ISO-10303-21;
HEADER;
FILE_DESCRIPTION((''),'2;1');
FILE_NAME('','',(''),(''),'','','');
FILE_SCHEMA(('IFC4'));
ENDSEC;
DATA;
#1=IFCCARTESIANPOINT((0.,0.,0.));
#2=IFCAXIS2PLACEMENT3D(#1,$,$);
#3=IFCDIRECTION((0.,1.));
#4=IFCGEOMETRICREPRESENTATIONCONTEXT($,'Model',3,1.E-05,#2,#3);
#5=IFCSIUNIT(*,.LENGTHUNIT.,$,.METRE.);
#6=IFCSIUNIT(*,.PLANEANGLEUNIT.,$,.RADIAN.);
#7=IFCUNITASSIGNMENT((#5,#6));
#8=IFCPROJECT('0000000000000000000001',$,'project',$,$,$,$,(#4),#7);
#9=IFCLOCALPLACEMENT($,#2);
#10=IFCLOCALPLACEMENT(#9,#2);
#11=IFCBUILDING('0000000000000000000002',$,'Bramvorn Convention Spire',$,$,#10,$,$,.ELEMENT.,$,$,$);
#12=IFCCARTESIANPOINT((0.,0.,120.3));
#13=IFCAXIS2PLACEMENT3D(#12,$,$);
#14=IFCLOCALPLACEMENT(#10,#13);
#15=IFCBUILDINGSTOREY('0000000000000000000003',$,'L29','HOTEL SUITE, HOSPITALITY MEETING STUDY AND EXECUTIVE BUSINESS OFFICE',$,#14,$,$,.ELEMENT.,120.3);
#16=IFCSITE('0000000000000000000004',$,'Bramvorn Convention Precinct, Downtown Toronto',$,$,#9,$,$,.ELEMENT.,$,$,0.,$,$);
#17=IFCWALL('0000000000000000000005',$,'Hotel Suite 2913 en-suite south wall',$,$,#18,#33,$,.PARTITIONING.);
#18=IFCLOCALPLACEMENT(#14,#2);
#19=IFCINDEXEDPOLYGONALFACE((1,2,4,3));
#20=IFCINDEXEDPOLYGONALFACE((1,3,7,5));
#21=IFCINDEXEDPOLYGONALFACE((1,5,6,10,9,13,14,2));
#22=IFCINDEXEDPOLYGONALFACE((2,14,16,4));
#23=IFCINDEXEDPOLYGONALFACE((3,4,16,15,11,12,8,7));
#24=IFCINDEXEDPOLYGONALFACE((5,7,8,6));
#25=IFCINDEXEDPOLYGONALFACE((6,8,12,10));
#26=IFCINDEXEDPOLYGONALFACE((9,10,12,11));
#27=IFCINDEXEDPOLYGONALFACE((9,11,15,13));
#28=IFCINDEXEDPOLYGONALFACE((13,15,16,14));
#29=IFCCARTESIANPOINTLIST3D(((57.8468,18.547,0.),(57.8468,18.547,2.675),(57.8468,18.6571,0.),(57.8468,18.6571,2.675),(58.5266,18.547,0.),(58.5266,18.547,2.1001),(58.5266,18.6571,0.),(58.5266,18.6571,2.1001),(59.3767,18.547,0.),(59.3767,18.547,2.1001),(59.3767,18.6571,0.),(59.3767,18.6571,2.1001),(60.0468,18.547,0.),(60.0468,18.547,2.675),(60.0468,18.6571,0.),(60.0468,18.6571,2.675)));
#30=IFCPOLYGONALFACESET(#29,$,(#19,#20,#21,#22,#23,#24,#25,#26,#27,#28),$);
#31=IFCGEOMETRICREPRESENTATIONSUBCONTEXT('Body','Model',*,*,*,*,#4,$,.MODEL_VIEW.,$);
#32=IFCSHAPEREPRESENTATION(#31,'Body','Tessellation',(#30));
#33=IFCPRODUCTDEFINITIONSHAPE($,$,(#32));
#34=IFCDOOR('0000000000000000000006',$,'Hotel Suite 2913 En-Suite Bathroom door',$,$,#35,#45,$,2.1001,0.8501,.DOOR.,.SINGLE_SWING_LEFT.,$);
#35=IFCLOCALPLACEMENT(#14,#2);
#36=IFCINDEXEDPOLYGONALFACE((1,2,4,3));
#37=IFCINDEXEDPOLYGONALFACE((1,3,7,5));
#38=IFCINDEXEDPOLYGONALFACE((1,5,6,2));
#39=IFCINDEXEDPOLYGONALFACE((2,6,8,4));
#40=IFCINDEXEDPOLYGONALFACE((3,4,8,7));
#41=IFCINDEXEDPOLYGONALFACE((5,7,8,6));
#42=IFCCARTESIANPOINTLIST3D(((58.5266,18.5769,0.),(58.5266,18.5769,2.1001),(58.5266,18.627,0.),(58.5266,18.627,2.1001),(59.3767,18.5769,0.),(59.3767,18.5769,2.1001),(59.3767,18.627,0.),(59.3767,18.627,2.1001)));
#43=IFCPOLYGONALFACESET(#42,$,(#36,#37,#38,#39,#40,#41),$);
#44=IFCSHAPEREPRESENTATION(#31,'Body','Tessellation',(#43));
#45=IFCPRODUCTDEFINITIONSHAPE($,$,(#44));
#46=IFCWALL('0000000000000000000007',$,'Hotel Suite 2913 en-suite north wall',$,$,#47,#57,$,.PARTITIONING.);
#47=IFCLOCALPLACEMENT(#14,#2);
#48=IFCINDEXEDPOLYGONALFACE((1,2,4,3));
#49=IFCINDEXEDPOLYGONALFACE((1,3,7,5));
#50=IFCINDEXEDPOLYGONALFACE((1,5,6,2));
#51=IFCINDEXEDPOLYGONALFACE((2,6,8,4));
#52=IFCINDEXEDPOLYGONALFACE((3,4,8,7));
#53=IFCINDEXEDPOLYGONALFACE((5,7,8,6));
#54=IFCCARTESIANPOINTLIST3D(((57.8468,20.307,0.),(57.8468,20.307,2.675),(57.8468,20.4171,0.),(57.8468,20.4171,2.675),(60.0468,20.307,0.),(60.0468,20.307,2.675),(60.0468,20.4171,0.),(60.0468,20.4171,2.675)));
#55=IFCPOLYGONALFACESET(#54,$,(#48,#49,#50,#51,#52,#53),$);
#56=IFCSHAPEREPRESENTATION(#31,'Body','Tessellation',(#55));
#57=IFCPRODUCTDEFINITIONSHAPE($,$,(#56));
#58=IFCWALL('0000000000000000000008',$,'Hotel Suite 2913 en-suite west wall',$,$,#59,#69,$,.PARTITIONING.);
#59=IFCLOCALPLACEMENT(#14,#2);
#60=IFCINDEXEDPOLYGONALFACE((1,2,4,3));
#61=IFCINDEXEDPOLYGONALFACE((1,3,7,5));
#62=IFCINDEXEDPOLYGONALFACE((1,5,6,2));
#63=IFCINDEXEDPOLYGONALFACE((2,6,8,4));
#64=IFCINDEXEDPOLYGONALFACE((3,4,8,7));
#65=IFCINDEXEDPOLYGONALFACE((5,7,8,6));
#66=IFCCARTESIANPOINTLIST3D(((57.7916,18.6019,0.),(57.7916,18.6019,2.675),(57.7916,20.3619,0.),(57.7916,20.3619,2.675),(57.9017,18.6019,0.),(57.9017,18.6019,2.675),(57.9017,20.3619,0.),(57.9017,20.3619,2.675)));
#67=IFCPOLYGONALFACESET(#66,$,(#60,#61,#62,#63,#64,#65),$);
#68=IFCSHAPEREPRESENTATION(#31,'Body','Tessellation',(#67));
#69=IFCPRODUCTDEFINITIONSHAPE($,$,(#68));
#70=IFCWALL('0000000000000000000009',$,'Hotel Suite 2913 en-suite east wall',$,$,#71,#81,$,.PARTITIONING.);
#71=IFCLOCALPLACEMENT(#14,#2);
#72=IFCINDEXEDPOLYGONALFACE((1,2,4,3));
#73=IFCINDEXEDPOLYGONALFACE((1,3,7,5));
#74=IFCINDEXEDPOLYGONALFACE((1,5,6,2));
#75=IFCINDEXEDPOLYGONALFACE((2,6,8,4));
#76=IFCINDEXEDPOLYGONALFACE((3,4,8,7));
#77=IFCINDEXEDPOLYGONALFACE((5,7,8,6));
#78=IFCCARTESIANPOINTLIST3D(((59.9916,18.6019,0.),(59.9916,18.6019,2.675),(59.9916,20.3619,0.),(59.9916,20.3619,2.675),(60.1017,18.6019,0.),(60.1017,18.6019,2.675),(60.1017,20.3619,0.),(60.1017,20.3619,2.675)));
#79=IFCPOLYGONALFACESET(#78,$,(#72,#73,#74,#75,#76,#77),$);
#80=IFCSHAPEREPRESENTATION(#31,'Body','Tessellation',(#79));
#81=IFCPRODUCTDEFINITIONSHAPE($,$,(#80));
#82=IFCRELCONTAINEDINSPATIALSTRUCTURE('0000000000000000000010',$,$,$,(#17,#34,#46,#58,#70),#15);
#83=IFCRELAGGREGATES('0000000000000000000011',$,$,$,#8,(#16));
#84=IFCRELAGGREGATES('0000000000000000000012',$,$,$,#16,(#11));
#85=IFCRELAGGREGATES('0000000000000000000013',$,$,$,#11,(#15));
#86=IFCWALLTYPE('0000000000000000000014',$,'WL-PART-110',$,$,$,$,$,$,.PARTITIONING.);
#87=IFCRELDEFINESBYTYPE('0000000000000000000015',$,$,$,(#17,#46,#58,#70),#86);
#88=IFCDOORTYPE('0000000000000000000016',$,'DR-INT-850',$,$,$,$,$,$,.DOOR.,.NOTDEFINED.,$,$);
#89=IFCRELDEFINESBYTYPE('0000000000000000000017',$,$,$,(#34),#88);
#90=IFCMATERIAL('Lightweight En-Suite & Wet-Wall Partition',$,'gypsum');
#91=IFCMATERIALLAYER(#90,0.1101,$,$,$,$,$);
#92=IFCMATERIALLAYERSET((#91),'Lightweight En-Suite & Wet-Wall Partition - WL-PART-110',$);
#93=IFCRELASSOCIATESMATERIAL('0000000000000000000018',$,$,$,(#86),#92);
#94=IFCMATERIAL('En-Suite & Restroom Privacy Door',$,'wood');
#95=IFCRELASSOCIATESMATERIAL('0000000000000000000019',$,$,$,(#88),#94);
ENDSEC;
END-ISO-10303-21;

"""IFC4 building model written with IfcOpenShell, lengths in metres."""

from ifc_helpers import new_model, si_unit, direction, frame, frame_2d, origin, place, context, subcontext, project, spatial, rectangle, extrude, material, layer, layer_set, type_object, element, fill, save


model = new_model("IFC4")

# Units and contexts
model_context = context("Model", 3, precision=1e-05, world=origin(), true_north=direction((0.0, 1.0)))
body_context = subcontext(model_context, "Body", "Model", "MODEL_VIEW")
ifc_project = project(units=[si_unit("LENGTHUNIT", "METRE"), si_unit("PLANEANGLEUNIT", "RADIAN")], contexts=[model_context])

# Site, building, storey
site_placement = place(None, origin())
site = spatial("IfcSite", under=ifc_project, at=site_placement, Name="Bramvorn Convention Precinct, Downtown Toronto", CompositionType="ELEMENT", RefElevation=0.0)
building_placement = place(site_placement, origin())
building = spatial("IfcBuilding", under=site, at=building_placement, Name="Bramvorn Convention Spire", CompositionType="ELEMENT")
storey_placement = place(building_placement, frame((0.0, 0.0, 120.3)))
storey = spatial("IfcBuildingStorey", under=building, at=storey_placement, Name="L29", Description="HOTEL SUITE, HOSPITALITY MEETING STUDY AND EXECUTIVE BUSINESS OFFICE", CompositionType="ELEMENT", Elevation=120.3)

# Shared definitions
ifc_material_1 = material(Name="Lightweight En-Suite & Wet-Wall Partition", Category="gypsum")
ifc_layer_1 = layer(ifc_material_1, 0.1101)
ifc_layer_set_1 = layer_set([ifc_layer_1], Name="Lightweight En-Suite & Wet-Wall Partition - WL-PART-110")
wall_type_1 = type_object("IfcWallType", Name="WL-PART-110", PredefinedType="PARTITIONING", material=ifc_layer_set_1)

# Wall, opening, door
wall_1_placement = place(storey_placement, frame((57.8467, 18.6021, 0.0), z_axis=(0.0, 0.0, 1.0), x_axis=(1.0, 0.0, 0.0)))
wall_1 = element("IfcWall", 1, at=wall_1_placement, inside=storey, type_object=wall_type_1, Name="Hotel Suite 2913 en-suite south wall", PredefinedType="PARTITIONING", context=body_context, shape_type="SweptSolid", body=[
    extrude(rectangle(XDim=2.2, YDim=0.1101, at=frame_2d((1.1001, 0.0))), origin(), (0.0, 0.0, 1.0), 2.675),
])
opening_placement = place(wall_1_placement, frame((0.6799, 0.0, 0.0)))
opening = element("IfcOpeningElement", 2, at=opening_placement, cuts=wall_1, PredefinedType="OPENING", context=body_context, shape_type="SweptSolid", body=[
    extrude(rectangle(XDim=0.8501, YDim=2.1001, at=frame_2d((0.425, 1.05))), frame((0.0, 0.0649, 0.0), z_axis=(0.0, -1.0, 0.0), x_axis=(1.0, 0.0, 0.0)), (0.0, 0.0, 1.0), 0.1301),
])
ifc_material_2 = material(Name="En-Suite & Restroom Privacy Door", Category="wood")
door_type = type_object("IfcDoorType", Name="DR-INT-850", OperationType="NOTDEFINED", PredefinedType="DOOR", material=ifc_material_2)
door_placement = place(opening_placement, origin())
door = element("IfcDoor", 3, at=door_placement, inside=storey, type_object=door_type, Name="Hotel Suite 2913 En-Suite Bathroom door", OperationType="SINGLE_SWING_LEFT", OverallHeight=2.1001, OverallWidth=0.8501, PredefinedType="DOOR", context=body_context, shape_type="SweptSolid", body=[
    extrude(rectangle(XDim=0.8501, YDim=2.1001, at=frame_2d((0.425, 1.05))), frame((0.0, 0.0249, 0.0), z_axis=(0.0, -1.0, 0.0), x_axis=(1.0, 0.0, 0.0)), (0.0, 0.0, 1.0), 0.05),
])
fill(opening, door)

# Walls
wall_2_placement = place(storey_placement, frame((57.8467, 20.3621, 0.0), z_axis=(0.0, 0.0, 1.0), x_axis=(1.0, 0.0, 0.0)))
element("IfcWall", 4, at=wall_2_placement, inside=storey, type_object=wall_type_1, Name="Hotel Suite 2913 en-suite north wall", PredefinedType="PARTITIONING", context=body_context, shape_type="SweptSolid", body=[
    extrude(rectangle(XDim=2.2, YDim=0.1101, at=frame_2d((1.1001, 0.0))), origin(), (0.0, 0.0, 1.0), 2.675),
])
for number, where, z_axis, x_axis, name in (
    (5, (57.8467, 18.6021, 0.0), (0.0, 0.0, 1.0), (0.0, 1.0, 0.0), "Hotel Suite 2913 en-suite west wall"),
    (6, (60.0466, 18.6021, 0.0), (0.0, 0.0, 1.0), (0.0, 1.0, 0.0), "Hotel Suite 2913 en-suite east wall"),
):
    element("IfcWall", number, at=place(storey_placement, frame(where, z_axis=z_axis, x_axis=x_axis)), inside=storey, type_object=wall_type_1, Name=name, PredefinedType="PARTITIONING", context=body_context, shape_type="SweptSolid", body=[
        extrude(rectangle(XDim=1.76, YDim=0.1101, at=frame_2d((0.8799, 0.0))), origin(), (0.0, 0.0, 1.0), 2.675),
    ])

save(model, "model.ifc")
